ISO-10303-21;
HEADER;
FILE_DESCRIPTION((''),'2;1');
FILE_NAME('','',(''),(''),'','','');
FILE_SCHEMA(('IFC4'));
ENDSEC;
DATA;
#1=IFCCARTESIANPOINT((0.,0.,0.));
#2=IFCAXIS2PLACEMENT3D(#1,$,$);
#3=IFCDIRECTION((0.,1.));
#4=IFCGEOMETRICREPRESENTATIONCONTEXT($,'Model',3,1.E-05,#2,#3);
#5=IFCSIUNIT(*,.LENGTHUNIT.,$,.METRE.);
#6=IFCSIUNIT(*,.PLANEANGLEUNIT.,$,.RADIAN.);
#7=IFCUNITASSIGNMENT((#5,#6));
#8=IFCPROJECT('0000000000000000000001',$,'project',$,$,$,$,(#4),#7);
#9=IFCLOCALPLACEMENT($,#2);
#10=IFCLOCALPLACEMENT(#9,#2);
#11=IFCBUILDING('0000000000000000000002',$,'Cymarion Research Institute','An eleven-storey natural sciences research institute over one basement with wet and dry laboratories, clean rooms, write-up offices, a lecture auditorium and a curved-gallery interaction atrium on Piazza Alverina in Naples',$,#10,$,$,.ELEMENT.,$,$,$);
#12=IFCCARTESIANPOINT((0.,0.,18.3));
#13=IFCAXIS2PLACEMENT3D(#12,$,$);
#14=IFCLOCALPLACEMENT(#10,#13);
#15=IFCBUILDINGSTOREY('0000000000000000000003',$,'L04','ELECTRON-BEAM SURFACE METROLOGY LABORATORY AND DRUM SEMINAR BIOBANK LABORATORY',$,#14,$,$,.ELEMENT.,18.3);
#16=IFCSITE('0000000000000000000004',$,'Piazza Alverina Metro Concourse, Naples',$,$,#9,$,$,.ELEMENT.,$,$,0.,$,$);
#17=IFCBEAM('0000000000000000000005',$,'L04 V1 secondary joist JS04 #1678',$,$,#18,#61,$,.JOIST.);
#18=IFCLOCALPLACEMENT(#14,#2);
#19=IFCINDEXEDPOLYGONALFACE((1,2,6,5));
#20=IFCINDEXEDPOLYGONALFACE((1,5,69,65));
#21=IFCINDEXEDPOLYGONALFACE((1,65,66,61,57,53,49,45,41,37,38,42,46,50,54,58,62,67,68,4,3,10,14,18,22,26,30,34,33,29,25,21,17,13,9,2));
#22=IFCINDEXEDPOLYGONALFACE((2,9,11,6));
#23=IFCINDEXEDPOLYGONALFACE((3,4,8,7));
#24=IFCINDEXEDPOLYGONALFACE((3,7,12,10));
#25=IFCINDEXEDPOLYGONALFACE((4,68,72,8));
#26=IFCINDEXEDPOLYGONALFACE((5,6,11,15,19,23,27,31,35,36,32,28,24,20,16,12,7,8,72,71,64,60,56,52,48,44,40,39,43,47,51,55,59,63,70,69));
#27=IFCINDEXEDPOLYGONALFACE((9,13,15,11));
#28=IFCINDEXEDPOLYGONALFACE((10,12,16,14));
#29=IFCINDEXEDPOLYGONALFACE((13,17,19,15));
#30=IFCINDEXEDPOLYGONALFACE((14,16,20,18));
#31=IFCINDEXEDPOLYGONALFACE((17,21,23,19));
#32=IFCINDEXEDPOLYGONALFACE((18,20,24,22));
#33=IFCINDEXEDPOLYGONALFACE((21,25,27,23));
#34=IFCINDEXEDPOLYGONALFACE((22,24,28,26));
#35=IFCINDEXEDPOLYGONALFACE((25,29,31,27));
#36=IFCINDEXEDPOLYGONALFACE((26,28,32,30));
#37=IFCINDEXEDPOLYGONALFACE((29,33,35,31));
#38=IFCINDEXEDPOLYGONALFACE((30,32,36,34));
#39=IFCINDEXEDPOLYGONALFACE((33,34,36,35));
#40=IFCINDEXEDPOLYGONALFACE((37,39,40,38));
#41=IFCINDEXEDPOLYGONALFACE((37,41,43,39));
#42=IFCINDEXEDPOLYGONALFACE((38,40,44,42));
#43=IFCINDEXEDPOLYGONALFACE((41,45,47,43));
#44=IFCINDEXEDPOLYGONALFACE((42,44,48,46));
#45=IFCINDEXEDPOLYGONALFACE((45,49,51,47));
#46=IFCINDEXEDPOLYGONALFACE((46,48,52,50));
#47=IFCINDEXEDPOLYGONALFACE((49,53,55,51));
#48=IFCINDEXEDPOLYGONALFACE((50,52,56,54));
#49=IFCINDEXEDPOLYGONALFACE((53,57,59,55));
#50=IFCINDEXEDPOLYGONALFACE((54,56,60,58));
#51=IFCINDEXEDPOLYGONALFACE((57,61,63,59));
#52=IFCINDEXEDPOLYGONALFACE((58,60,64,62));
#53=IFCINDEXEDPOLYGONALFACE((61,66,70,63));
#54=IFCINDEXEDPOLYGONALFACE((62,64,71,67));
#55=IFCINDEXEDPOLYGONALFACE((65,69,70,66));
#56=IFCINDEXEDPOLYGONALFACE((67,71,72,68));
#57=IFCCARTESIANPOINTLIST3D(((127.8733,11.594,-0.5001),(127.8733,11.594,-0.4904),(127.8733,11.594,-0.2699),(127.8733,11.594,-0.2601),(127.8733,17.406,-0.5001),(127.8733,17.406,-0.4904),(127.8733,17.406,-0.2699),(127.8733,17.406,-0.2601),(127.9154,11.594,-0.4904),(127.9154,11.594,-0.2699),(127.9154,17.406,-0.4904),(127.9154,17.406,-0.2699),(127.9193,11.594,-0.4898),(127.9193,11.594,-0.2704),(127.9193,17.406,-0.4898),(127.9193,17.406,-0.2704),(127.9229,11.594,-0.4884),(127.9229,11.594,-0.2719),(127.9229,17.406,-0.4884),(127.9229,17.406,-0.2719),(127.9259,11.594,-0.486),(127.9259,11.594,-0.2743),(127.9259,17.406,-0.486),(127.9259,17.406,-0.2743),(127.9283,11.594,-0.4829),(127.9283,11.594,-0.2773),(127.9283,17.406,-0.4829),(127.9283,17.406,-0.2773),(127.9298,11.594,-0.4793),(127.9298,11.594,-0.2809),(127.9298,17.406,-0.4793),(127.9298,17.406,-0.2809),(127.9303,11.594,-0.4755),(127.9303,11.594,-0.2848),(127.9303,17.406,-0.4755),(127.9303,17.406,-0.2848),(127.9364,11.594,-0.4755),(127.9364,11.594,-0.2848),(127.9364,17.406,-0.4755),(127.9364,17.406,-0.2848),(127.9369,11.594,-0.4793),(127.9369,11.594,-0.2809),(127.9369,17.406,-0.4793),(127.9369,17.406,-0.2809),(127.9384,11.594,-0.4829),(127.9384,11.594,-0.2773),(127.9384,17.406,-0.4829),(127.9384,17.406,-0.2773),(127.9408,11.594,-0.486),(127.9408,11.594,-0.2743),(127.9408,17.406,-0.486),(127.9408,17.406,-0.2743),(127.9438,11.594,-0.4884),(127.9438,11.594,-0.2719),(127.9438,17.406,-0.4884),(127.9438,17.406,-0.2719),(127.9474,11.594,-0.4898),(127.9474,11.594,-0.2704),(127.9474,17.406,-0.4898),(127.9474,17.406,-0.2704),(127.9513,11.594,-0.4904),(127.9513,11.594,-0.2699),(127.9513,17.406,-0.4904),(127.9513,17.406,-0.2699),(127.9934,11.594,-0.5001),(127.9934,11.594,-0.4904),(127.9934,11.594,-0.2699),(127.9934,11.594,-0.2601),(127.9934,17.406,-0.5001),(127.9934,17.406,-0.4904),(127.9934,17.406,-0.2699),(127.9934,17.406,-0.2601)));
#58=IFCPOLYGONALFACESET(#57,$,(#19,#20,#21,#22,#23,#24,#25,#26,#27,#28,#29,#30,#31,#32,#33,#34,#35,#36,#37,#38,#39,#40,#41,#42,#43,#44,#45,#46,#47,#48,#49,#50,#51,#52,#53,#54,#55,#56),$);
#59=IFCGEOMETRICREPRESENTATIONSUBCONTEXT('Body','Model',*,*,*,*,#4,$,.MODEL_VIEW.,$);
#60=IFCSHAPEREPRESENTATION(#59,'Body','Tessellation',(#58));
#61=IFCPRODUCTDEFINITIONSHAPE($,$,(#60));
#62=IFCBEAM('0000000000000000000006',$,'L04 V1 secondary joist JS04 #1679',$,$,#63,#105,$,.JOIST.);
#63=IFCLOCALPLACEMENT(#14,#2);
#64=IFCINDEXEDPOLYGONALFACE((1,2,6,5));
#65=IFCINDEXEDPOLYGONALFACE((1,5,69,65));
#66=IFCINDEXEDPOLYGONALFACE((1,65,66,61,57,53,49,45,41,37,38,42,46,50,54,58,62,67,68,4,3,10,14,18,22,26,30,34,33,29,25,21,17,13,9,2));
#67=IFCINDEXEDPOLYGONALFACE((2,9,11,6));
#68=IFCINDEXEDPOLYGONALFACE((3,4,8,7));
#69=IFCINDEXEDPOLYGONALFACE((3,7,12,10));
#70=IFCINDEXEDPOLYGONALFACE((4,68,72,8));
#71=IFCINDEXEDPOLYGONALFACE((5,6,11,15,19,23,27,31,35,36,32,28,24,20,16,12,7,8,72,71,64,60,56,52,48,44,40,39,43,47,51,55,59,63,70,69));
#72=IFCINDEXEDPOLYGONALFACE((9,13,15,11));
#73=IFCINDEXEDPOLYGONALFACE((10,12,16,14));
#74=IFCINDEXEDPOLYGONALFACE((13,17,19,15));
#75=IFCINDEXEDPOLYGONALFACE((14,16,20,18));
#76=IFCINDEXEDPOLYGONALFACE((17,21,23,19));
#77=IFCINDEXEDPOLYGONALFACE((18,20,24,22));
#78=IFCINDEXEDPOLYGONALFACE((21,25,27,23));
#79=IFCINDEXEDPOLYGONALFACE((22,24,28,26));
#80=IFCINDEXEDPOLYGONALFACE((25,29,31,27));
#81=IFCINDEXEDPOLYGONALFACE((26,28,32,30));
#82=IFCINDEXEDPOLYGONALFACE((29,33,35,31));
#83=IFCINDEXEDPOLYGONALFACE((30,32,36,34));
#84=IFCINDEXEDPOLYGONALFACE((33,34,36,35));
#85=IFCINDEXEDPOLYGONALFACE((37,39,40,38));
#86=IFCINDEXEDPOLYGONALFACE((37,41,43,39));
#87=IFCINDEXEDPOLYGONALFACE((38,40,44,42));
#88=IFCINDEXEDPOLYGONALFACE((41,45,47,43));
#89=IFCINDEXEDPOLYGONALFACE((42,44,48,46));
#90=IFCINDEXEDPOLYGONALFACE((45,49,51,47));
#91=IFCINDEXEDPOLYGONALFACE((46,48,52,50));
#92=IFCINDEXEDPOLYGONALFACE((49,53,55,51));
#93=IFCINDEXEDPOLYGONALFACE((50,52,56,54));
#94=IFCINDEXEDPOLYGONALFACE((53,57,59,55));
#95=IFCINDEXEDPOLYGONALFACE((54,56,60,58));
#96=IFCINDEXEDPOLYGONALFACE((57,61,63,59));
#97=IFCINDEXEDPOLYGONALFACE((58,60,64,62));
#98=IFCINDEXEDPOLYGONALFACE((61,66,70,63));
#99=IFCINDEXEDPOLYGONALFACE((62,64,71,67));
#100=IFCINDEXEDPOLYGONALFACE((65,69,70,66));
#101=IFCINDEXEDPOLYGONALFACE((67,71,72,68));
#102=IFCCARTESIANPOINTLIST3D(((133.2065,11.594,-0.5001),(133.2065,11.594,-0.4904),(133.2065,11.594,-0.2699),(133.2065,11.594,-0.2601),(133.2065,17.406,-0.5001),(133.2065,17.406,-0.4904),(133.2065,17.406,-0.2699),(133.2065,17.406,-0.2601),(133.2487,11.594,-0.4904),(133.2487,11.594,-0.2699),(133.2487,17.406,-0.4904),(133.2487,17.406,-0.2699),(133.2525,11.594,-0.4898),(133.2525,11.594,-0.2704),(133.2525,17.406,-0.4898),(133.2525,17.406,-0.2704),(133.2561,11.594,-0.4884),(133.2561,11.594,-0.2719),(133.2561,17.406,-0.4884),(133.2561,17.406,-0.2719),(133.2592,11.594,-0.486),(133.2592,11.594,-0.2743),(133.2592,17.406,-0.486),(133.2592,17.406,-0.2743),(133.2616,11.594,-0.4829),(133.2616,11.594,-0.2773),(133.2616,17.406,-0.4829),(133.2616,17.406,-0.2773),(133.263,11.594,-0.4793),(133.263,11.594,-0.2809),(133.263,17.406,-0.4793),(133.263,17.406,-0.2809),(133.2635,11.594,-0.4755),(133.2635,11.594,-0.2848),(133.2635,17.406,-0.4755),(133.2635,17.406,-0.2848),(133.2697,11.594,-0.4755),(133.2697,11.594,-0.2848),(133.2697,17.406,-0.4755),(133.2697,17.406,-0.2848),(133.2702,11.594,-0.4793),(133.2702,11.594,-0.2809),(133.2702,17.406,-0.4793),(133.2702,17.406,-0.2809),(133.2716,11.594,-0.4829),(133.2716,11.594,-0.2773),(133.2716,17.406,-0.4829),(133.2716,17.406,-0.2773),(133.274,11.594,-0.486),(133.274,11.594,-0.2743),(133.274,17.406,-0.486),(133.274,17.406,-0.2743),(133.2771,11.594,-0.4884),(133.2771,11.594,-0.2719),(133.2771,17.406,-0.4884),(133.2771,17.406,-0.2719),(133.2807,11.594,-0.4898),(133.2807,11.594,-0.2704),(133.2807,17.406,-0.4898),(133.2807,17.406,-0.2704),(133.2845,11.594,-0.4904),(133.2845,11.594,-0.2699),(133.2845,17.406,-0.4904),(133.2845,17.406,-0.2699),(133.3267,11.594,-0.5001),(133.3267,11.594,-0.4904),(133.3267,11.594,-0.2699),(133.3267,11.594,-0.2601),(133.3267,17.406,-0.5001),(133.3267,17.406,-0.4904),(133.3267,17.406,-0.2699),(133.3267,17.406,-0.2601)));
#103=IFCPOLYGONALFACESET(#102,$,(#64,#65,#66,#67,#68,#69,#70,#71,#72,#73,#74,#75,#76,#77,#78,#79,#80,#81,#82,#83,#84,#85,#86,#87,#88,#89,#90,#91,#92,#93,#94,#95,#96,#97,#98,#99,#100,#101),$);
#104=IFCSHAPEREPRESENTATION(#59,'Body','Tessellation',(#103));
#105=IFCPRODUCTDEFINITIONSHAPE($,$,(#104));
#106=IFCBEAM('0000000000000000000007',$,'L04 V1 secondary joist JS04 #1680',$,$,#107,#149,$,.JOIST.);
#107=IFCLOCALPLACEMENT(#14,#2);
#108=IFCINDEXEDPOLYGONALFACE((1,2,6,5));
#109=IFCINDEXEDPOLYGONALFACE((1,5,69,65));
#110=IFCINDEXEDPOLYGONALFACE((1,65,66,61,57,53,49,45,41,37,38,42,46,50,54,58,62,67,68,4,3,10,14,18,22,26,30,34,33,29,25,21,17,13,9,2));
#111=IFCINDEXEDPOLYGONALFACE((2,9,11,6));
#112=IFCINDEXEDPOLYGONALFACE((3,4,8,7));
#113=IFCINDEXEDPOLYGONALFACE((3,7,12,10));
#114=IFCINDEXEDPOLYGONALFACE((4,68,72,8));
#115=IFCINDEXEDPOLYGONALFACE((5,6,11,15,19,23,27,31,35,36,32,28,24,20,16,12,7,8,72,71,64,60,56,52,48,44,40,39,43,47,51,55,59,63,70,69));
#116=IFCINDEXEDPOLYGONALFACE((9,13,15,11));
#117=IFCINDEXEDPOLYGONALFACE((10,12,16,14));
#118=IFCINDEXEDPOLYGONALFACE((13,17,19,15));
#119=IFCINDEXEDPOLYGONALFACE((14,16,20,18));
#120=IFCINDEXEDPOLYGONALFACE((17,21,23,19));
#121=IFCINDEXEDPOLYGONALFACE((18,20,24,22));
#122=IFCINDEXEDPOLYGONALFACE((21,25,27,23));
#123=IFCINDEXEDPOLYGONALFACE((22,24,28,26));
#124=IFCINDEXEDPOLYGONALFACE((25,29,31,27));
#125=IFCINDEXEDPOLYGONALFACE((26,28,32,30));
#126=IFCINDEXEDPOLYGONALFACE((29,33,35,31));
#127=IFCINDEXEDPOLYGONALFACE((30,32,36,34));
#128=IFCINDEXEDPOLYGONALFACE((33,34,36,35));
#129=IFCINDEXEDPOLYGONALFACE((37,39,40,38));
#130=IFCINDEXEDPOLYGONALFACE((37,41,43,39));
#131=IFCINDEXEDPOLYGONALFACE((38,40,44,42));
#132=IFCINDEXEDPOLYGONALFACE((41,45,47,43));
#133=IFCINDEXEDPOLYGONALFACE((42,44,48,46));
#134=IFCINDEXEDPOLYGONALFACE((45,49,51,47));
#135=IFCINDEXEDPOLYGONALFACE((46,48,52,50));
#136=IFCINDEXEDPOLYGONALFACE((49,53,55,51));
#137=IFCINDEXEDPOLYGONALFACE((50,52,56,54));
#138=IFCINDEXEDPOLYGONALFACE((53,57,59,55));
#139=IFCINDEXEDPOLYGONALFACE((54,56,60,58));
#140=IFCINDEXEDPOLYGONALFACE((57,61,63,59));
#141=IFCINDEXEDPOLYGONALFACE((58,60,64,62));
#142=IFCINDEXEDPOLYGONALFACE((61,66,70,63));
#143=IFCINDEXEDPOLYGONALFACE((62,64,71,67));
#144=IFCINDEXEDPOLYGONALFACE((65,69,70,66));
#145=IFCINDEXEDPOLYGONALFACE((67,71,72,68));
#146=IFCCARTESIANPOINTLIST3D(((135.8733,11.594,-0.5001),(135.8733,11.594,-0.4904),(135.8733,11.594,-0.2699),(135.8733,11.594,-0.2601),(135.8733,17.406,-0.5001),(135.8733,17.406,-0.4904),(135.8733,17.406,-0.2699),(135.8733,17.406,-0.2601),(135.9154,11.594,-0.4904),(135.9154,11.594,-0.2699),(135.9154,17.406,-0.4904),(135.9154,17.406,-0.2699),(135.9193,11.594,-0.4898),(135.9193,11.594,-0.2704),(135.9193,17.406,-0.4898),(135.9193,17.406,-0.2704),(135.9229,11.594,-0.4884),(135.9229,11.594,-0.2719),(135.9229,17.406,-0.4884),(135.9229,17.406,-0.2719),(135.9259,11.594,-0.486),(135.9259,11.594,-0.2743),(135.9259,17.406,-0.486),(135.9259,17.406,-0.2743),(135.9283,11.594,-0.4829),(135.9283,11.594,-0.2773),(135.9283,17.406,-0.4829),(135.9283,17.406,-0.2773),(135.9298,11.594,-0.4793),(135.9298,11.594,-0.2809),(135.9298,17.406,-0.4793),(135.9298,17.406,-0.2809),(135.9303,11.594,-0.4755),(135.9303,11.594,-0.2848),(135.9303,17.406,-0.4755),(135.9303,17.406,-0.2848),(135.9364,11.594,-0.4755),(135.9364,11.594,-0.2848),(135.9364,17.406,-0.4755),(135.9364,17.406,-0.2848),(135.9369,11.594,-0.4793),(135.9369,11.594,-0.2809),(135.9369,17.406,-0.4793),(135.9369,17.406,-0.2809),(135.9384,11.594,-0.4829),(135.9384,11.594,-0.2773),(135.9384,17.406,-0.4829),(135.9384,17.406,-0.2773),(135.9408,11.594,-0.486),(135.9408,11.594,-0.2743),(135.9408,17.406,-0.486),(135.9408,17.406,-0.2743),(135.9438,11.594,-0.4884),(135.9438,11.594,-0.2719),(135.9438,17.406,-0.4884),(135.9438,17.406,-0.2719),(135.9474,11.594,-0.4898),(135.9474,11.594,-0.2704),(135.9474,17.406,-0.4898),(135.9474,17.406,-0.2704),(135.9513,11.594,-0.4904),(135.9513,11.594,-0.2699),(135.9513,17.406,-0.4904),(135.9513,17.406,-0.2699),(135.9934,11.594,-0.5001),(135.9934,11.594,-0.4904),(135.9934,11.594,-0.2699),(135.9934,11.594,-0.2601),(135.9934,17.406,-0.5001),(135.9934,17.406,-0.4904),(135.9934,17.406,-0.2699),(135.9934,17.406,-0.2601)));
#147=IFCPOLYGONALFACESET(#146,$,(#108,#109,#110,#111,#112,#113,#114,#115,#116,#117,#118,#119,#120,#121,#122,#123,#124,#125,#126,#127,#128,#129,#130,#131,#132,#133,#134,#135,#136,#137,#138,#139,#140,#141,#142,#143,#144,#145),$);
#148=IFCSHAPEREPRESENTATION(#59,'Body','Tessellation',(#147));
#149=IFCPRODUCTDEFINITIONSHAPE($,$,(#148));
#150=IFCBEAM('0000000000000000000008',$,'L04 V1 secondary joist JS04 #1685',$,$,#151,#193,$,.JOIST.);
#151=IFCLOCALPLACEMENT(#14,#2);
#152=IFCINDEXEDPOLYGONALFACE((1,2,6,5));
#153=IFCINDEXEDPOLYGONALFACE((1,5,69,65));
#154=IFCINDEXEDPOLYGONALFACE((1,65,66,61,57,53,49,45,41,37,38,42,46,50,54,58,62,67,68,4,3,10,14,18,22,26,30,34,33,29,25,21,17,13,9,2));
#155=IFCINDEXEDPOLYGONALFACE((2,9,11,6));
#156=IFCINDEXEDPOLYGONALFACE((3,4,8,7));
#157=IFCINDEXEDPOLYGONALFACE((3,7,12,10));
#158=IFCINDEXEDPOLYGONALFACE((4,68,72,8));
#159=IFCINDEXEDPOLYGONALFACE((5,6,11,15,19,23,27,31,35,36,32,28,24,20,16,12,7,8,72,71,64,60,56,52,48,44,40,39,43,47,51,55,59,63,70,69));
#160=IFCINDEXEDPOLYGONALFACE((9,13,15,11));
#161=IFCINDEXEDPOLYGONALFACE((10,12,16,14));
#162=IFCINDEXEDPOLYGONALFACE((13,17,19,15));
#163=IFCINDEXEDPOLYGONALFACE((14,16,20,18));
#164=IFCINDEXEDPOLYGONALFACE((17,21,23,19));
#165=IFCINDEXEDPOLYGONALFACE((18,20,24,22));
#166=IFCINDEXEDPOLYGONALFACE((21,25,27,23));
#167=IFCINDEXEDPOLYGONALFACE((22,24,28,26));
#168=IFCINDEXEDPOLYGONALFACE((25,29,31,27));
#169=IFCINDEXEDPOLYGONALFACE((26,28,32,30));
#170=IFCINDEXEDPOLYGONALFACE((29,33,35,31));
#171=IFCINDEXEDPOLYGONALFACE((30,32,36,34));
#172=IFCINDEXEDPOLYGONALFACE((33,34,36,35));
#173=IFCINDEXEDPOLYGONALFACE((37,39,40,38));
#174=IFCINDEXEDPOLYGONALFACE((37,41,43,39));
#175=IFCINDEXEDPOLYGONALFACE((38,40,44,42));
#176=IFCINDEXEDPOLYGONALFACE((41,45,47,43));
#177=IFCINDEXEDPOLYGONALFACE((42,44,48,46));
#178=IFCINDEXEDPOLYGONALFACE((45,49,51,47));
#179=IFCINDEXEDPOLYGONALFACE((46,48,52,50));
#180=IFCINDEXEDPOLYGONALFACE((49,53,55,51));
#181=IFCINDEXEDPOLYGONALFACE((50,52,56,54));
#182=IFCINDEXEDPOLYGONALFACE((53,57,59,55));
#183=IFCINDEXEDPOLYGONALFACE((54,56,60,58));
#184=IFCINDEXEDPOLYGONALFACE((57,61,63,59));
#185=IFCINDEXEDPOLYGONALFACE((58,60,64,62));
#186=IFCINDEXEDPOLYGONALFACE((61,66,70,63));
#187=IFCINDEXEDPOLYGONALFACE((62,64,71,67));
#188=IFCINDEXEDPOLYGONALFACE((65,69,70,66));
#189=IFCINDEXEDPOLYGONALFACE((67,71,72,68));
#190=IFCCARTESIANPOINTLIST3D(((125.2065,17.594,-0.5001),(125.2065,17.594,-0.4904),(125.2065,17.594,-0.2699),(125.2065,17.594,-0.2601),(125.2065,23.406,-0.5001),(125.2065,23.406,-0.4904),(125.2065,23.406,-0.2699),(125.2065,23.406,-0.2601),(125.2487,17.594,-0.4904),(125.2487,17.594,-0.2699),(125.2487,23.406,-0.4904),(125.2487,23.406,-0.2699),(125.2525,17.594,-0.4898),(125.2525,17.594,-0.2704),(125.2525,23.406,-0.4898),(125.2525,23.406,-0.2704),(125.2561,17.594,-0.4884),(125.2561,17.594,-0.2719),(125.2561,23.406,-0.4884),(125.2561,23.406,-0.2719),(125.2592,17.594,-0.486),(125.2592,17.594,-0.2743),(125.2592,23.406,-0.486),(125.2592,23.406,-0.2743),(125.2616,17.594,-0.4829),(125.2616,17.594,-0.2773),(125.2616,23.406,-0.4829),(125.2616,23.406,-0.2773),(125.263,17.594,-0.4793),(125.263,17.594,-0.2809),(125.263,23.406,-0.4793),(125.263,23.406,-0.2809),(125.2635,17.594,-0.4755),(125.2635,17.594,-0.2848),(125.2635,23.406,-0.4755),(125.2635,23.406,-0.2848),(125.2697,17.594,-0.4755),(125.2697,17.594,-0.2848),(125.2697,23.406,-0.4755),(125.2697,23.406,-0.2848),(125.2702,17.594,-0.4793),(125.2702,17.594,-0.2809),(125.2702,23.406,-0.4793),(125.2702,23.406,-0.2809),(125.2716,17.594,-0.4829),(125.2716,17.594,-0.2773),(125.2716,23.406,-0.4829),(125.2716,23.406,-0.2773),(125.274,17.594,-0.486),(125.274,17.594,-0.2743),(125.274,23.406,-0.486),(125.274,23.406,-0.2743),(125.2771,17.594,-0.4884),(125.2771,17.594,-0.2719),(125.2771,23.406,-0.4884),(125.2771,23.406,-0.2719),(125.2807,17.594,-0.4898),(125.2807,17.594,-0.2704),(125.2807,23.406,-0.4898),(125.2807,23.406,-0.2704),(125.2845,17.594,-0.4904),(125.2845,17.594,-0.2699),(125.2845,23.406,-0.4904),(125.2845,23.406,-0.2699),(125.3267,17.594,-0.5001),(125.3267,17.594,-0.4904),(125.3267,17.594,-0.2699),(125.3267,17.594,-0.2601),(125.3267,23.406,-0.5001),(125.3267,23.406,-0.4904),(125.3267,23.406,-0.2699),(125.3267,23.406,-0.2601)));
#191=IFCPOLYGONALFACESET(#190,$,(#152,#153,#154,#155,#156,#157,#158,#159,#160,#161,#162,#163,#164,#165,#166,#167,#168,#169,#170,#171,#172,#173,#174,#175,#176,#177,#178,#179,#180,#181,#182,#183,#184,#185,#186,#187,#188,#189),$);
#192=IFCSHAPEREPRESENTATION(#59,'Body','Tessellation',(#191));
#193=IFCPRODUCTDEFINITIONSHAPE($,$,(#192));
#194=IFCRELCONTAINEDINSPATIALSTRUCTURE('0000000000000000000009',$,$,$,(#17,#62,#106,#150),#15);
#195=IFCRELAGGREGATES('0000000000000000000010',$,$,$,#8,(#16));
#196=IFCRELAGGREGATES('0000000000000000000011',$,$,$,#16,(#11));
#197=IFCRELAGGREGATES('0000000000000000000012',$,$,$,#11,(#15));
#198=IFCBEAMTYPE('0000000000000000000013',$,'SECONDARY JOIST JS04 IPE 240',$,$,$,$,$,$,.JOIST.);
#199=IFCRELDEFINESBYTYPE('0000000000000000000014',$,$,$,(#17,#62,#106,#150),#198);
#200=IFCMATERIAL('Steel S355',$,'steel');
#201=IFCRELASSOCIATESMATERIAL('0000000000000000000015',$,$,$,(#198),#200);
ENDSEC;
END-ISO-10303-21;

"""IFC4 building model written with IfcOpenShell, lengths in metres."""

from ifc_helpers import new_model, si_unit, direction, frame, origin, origin_2d, place, context, subcontext, project, spatial, i_section, extrude, material, material_profile, profile_set, type_object, element, save


model = new_model("IFC4")

# Units and contexts
model_context = context("Model", 3, precision=1e-05, world=origin(), true_north=direction((0.0, 1.0)))
body_context = subcontext(model_context, "Body", "Model", "MODEL_VIEW")
ifc_project = project(units=[si_unit("LENGTHUNIT", "METRE"), si_unit("PLANEANGLEUNIT", "RADIAN")], contexts=[model_context])

# Site, building, storey
site_placement = place(None, origin())
site = spatial("IfcSite", under=ifc_project, at=site_placement, Name="Piazza Alverina Metro Concourse, Naples", CompositionType="ELEMENT", RefElevation=0.0)
building_placement = place(site_placement, origin())
building = spatial("IfcBuilding", under=site, at=building_placement, Name="Cymarion Research Institute", Description="An eleven-storey natural sciences research institute over one basement with wet and dry laboratories, clean rooms, write-up offices, a lecture auditorium and a curved-gallery interaction atrium on Piazza Alverina in Naples", CompositionType="ELEMENT")
storey_placement = place(building_placement, frame((0.0, 0.0, 18.3)))
storey = spatial("IfcBuildingStorey", under=building, at=storey_placement, Name="L04", Description="ELECTRON-BEAM SURFACE METROLOGY LABORATORY AND DRUM SEMINAR BIOBANK LABORATORY", CompositionType="ELEMENT", Elevation=18.3)

# Shared definitions
ifc_material_1 = material(Name="Steel S355", Category="steel")

# Beams
ifc_material_profile_1 = material_profile(ifc_material_1, i_section(OverallWidth=0.1201, OverallDepth=0.24, WebThickness=0.0061, FlangeThickness=0.0098, FilletRadius=0.0149, at=origin_2d()), Name="IPE 240")
ifc_profile_set_1 = profile_set([ifc_material_profile_1], Name="Steel S355")
beam_type_1 = type_object("IfcBeamType", Name="SECONDARY JOIST JS04 IPE 240", PredefinedType="JOIST", material=ifc_profile_set_1)
for number, where, z_axis, x_axis, name in (
    (1, (127.9333, 11.594, -0.3801), (0.0, 1.0, 0.0), (-1.0, 0.0, 0.0), "L04 V1 secondary joist JS04 #1678"),
    (2, (133.2666, 11.594, -0.3801), (0.0, 1.0, 0.0), (-1.0, 0.0, 0.0), "L04 V1 secondary joist JS04 #1679"),
    (3, (135.9333, 11.594, -0.3801), (0.0, 1.0, 0.0), (-1.0, 0.0, 0.0), "L04 V1 secondary joist JS04 #1680"),
    (4, (125.2666, 17.594, -0.3801), (0.0, 1.0, 0.0), (-1.0, 0.0, 0.0), "L04 V1 secondary joist JS04 #1685"),
):
    element("IfcBeam", number, at=place(storey_placement, frame(where, z_axis=z_axis, x_axis=x_axis)), inside=storey, type_object=beam_type_1, Name=name, PredefinedType="JOIST", context=body_context, shape_type="SweptSolid", body=[
        extrude(i_section(OverallWidth=0.1201, OverallDepth=0.24, WebThickness=0.0061, FlangeThickness=0.0098, FilletRadius=0.0149, at=origin_2d()), origin(), (0.0, 0.0, 1.0), 5.812),
    ])

save(model, "model.ifc")
